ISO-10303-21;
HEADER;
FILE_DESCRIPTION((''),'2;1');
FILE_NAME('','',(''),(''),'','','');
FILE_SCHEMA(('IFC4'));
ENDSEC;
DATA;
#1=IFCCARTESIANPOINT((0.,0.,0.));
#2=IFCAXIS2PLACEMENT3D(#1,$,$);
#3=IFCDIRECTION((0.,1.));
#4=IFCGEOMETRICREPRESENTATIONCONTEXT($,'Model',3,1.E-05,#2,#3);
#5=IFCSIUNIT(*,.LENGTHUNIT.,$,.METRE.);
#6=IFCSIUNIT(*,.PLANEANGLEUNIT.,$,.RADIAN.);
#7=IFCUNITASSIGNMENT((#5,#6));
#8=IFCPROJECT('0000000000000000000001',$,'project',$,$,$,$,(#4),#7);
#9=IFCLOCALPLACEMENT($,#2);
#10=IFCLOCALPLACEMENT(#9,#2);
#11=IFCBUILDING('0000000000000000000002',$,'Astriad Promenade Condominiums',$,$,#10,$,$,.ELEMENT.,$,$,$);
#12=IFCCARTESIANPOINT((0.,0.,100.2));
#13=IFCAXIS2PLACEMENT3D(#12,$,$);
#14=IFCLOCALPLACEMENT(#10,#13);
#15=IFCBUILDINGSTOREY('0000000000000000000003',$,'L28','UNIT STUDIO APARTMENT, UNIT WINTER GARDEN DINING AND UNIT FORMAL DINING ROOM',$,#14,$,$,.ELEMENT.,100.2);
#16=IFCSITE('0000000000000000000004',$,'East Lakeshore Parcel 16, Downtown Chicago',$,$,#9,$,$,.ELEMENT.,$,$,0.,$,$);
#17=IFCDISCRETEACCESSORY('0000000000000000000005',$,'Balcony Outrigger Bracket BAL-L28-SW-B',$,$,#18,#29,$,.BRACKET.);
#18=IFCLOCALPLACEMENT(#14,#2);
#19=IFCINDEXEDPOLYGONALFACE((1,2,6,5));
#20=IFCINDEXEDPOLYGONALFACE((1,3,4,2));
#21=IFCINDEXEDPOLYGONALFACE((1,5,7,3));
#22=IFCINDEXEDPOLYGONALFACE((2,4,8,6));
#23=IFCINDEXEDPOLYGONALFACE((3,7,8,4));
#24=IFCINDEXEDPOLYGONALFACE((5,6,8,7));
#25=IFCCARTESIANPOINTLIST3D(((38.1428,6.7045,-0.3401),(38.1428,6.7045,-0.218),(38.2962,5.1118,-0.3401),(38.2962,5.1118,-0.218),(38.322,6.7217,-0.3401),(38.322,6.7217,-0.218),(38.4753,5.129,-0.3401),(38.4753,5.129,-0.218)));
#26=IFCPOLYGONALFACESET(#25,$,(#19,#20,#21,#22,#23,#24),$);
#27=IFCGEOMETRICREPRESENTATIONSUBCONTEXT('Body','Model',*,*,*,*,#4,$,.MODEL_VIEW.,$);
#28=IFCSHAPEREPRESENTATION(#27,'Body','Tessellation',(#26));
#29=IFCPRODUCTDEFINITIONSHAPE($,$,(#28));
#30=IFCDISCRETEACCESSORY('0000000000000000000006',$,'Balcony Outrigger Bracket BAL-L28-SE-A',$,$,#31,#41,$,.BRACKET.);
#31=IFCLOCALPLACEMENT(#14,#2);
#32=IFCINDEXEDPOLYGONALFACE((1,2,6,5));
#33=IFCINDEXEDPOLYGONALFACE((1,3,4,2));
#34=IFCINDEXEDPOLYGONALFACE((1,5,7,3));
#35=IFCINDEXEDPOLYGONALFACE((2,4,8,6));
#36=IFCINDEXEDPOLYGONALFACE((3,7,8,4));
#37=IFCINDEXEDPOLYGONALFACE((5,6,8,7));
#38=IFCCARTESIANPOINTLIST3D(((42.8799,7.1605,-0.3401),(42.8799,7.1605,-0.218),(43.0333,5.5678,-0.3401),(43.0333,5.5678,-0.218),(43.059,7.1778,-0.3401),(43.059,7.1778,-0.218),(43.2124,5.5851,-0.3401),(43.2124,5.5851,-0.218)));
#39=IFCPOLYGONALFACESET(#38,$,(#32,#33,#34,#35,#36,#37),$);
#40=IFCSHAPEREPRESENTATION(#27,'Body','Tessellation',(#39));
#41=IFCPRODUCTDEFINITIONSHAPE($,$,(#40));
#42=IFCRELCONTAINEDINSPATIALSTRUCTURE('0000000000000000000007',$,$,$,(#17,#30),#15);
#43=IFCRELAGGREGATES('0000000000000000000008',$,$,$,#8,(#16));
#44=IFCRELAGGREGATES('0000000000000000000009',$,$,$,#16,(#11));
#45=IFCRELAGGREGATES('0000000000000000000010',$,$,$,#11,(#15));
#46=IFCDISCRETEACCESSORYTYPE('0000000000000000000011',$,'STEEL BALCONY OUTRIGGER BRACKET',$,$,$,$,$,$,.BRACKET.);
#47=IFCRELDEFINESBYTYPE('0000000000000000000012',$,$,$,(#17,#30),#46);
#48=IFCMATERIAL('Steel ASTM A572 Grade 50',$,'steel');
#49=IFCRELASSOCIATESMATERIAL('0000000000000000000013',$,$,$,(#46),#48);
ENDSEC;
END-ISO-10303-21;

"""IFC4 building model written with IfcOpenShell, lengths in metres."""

from ifc_helpers import new_model, si_unit, direction, frame, origin, origin_2d, place, context, subcontext, project, spatial, rectangle, extrude, source, transform, mapped, material, type_object, type_shapes, element, save


model = new_model("IFC4")

# Units and contexts
model_context = context("Model", 3, precision=1e-05, world=origin(), true_north=direction((0.0, 1.0)))
body_context = subcontext(model_context, "Body", "Model", "MODEL_VIEW")
ifc_project = project(units=[si_unit("LENGTHUNIT", "METRE"), si_unit("PLANEANGLEUNIT", "RADIAN")], contexts=[model_context])

# Site, building, storey
site_placement = place(None, origin())
site = spatial("IfcSite", under=ifc_project, at=site_placement, Name="East Lakeshore Parcel 16, Downtown Chicago", CompositionType="ELEMENT", RefElevation=0.0)
building_placement = place(site_placement, origin())
building = spatial("IfcBuilding", under=site, at=building_placement, Name="Astriad Promenade Condominiums", CompositionType="ELEMENT")
storey_placement = place(building_placement, frame((0.0, 0.0, 100.2)))
storey = spatial("IfcBuildingStorey", under=building, at=storey_placement, Name="L28", Description="UNIT STUDIO APARTMENT, UNIT WINTER GARDEN DINING AND UNIT FORMAL DINING ROOM", CompositionType="ELEMENT", Elevation=100.2)

# Discrete accessories
ifc_material_1 = material(Name="Steel ASTM A572 Grade 50", Category="steel")
discrete_accessory_type = type_object("IfcDiscreteAccessoryType", Name="STEEL BALCONY OUTRIGGER BRACKET", PredefinedType="BRACKET", material=ifc_material_1)
shared_shape_1 = source(origin(), body_context, "Body", "SweptSolid", [
    extrude(rectangle(XDim=1.6001, YDim=0.1799, at=origin_2d()), origin(), (0.0, 0.0, 1.0), 0.1221),
])
type_shapes(discrete_accessory_type, [shared_shape_1])
for number, where, z_axis, x_axis, name in (
    (1, (38.3091, 5.9167, -0.3401), (0.0, 0.0, 1.0), (0.095846, -0.995396, 0.0), "Balcony Outrigger Bracket BAL-L28-SW-B"),
    (2, (43.0461, 6.3728, -0.3401), (0.0, 0.0, 1.0), (0.095846, -0.995396, 0.0), "Balcony Outrigger Bracket BAL-L28-SE-A"),
):
    element("IfcDiscreteAccessory", number, at=place(storey_placement, frame(where, z_axis=z_axis, x_axis=x_axis)), inside=storey, type_object=discrete_accessory_type, Name=name, PredefinedType="BRACKET", context=body_context, shape_type="MappedRepresentation", body=[
        mapped(shared_shape_1, transform((0.0, 0.0, 0.0), scale=1.0)),
    ])

save(model, "model.ifc")
